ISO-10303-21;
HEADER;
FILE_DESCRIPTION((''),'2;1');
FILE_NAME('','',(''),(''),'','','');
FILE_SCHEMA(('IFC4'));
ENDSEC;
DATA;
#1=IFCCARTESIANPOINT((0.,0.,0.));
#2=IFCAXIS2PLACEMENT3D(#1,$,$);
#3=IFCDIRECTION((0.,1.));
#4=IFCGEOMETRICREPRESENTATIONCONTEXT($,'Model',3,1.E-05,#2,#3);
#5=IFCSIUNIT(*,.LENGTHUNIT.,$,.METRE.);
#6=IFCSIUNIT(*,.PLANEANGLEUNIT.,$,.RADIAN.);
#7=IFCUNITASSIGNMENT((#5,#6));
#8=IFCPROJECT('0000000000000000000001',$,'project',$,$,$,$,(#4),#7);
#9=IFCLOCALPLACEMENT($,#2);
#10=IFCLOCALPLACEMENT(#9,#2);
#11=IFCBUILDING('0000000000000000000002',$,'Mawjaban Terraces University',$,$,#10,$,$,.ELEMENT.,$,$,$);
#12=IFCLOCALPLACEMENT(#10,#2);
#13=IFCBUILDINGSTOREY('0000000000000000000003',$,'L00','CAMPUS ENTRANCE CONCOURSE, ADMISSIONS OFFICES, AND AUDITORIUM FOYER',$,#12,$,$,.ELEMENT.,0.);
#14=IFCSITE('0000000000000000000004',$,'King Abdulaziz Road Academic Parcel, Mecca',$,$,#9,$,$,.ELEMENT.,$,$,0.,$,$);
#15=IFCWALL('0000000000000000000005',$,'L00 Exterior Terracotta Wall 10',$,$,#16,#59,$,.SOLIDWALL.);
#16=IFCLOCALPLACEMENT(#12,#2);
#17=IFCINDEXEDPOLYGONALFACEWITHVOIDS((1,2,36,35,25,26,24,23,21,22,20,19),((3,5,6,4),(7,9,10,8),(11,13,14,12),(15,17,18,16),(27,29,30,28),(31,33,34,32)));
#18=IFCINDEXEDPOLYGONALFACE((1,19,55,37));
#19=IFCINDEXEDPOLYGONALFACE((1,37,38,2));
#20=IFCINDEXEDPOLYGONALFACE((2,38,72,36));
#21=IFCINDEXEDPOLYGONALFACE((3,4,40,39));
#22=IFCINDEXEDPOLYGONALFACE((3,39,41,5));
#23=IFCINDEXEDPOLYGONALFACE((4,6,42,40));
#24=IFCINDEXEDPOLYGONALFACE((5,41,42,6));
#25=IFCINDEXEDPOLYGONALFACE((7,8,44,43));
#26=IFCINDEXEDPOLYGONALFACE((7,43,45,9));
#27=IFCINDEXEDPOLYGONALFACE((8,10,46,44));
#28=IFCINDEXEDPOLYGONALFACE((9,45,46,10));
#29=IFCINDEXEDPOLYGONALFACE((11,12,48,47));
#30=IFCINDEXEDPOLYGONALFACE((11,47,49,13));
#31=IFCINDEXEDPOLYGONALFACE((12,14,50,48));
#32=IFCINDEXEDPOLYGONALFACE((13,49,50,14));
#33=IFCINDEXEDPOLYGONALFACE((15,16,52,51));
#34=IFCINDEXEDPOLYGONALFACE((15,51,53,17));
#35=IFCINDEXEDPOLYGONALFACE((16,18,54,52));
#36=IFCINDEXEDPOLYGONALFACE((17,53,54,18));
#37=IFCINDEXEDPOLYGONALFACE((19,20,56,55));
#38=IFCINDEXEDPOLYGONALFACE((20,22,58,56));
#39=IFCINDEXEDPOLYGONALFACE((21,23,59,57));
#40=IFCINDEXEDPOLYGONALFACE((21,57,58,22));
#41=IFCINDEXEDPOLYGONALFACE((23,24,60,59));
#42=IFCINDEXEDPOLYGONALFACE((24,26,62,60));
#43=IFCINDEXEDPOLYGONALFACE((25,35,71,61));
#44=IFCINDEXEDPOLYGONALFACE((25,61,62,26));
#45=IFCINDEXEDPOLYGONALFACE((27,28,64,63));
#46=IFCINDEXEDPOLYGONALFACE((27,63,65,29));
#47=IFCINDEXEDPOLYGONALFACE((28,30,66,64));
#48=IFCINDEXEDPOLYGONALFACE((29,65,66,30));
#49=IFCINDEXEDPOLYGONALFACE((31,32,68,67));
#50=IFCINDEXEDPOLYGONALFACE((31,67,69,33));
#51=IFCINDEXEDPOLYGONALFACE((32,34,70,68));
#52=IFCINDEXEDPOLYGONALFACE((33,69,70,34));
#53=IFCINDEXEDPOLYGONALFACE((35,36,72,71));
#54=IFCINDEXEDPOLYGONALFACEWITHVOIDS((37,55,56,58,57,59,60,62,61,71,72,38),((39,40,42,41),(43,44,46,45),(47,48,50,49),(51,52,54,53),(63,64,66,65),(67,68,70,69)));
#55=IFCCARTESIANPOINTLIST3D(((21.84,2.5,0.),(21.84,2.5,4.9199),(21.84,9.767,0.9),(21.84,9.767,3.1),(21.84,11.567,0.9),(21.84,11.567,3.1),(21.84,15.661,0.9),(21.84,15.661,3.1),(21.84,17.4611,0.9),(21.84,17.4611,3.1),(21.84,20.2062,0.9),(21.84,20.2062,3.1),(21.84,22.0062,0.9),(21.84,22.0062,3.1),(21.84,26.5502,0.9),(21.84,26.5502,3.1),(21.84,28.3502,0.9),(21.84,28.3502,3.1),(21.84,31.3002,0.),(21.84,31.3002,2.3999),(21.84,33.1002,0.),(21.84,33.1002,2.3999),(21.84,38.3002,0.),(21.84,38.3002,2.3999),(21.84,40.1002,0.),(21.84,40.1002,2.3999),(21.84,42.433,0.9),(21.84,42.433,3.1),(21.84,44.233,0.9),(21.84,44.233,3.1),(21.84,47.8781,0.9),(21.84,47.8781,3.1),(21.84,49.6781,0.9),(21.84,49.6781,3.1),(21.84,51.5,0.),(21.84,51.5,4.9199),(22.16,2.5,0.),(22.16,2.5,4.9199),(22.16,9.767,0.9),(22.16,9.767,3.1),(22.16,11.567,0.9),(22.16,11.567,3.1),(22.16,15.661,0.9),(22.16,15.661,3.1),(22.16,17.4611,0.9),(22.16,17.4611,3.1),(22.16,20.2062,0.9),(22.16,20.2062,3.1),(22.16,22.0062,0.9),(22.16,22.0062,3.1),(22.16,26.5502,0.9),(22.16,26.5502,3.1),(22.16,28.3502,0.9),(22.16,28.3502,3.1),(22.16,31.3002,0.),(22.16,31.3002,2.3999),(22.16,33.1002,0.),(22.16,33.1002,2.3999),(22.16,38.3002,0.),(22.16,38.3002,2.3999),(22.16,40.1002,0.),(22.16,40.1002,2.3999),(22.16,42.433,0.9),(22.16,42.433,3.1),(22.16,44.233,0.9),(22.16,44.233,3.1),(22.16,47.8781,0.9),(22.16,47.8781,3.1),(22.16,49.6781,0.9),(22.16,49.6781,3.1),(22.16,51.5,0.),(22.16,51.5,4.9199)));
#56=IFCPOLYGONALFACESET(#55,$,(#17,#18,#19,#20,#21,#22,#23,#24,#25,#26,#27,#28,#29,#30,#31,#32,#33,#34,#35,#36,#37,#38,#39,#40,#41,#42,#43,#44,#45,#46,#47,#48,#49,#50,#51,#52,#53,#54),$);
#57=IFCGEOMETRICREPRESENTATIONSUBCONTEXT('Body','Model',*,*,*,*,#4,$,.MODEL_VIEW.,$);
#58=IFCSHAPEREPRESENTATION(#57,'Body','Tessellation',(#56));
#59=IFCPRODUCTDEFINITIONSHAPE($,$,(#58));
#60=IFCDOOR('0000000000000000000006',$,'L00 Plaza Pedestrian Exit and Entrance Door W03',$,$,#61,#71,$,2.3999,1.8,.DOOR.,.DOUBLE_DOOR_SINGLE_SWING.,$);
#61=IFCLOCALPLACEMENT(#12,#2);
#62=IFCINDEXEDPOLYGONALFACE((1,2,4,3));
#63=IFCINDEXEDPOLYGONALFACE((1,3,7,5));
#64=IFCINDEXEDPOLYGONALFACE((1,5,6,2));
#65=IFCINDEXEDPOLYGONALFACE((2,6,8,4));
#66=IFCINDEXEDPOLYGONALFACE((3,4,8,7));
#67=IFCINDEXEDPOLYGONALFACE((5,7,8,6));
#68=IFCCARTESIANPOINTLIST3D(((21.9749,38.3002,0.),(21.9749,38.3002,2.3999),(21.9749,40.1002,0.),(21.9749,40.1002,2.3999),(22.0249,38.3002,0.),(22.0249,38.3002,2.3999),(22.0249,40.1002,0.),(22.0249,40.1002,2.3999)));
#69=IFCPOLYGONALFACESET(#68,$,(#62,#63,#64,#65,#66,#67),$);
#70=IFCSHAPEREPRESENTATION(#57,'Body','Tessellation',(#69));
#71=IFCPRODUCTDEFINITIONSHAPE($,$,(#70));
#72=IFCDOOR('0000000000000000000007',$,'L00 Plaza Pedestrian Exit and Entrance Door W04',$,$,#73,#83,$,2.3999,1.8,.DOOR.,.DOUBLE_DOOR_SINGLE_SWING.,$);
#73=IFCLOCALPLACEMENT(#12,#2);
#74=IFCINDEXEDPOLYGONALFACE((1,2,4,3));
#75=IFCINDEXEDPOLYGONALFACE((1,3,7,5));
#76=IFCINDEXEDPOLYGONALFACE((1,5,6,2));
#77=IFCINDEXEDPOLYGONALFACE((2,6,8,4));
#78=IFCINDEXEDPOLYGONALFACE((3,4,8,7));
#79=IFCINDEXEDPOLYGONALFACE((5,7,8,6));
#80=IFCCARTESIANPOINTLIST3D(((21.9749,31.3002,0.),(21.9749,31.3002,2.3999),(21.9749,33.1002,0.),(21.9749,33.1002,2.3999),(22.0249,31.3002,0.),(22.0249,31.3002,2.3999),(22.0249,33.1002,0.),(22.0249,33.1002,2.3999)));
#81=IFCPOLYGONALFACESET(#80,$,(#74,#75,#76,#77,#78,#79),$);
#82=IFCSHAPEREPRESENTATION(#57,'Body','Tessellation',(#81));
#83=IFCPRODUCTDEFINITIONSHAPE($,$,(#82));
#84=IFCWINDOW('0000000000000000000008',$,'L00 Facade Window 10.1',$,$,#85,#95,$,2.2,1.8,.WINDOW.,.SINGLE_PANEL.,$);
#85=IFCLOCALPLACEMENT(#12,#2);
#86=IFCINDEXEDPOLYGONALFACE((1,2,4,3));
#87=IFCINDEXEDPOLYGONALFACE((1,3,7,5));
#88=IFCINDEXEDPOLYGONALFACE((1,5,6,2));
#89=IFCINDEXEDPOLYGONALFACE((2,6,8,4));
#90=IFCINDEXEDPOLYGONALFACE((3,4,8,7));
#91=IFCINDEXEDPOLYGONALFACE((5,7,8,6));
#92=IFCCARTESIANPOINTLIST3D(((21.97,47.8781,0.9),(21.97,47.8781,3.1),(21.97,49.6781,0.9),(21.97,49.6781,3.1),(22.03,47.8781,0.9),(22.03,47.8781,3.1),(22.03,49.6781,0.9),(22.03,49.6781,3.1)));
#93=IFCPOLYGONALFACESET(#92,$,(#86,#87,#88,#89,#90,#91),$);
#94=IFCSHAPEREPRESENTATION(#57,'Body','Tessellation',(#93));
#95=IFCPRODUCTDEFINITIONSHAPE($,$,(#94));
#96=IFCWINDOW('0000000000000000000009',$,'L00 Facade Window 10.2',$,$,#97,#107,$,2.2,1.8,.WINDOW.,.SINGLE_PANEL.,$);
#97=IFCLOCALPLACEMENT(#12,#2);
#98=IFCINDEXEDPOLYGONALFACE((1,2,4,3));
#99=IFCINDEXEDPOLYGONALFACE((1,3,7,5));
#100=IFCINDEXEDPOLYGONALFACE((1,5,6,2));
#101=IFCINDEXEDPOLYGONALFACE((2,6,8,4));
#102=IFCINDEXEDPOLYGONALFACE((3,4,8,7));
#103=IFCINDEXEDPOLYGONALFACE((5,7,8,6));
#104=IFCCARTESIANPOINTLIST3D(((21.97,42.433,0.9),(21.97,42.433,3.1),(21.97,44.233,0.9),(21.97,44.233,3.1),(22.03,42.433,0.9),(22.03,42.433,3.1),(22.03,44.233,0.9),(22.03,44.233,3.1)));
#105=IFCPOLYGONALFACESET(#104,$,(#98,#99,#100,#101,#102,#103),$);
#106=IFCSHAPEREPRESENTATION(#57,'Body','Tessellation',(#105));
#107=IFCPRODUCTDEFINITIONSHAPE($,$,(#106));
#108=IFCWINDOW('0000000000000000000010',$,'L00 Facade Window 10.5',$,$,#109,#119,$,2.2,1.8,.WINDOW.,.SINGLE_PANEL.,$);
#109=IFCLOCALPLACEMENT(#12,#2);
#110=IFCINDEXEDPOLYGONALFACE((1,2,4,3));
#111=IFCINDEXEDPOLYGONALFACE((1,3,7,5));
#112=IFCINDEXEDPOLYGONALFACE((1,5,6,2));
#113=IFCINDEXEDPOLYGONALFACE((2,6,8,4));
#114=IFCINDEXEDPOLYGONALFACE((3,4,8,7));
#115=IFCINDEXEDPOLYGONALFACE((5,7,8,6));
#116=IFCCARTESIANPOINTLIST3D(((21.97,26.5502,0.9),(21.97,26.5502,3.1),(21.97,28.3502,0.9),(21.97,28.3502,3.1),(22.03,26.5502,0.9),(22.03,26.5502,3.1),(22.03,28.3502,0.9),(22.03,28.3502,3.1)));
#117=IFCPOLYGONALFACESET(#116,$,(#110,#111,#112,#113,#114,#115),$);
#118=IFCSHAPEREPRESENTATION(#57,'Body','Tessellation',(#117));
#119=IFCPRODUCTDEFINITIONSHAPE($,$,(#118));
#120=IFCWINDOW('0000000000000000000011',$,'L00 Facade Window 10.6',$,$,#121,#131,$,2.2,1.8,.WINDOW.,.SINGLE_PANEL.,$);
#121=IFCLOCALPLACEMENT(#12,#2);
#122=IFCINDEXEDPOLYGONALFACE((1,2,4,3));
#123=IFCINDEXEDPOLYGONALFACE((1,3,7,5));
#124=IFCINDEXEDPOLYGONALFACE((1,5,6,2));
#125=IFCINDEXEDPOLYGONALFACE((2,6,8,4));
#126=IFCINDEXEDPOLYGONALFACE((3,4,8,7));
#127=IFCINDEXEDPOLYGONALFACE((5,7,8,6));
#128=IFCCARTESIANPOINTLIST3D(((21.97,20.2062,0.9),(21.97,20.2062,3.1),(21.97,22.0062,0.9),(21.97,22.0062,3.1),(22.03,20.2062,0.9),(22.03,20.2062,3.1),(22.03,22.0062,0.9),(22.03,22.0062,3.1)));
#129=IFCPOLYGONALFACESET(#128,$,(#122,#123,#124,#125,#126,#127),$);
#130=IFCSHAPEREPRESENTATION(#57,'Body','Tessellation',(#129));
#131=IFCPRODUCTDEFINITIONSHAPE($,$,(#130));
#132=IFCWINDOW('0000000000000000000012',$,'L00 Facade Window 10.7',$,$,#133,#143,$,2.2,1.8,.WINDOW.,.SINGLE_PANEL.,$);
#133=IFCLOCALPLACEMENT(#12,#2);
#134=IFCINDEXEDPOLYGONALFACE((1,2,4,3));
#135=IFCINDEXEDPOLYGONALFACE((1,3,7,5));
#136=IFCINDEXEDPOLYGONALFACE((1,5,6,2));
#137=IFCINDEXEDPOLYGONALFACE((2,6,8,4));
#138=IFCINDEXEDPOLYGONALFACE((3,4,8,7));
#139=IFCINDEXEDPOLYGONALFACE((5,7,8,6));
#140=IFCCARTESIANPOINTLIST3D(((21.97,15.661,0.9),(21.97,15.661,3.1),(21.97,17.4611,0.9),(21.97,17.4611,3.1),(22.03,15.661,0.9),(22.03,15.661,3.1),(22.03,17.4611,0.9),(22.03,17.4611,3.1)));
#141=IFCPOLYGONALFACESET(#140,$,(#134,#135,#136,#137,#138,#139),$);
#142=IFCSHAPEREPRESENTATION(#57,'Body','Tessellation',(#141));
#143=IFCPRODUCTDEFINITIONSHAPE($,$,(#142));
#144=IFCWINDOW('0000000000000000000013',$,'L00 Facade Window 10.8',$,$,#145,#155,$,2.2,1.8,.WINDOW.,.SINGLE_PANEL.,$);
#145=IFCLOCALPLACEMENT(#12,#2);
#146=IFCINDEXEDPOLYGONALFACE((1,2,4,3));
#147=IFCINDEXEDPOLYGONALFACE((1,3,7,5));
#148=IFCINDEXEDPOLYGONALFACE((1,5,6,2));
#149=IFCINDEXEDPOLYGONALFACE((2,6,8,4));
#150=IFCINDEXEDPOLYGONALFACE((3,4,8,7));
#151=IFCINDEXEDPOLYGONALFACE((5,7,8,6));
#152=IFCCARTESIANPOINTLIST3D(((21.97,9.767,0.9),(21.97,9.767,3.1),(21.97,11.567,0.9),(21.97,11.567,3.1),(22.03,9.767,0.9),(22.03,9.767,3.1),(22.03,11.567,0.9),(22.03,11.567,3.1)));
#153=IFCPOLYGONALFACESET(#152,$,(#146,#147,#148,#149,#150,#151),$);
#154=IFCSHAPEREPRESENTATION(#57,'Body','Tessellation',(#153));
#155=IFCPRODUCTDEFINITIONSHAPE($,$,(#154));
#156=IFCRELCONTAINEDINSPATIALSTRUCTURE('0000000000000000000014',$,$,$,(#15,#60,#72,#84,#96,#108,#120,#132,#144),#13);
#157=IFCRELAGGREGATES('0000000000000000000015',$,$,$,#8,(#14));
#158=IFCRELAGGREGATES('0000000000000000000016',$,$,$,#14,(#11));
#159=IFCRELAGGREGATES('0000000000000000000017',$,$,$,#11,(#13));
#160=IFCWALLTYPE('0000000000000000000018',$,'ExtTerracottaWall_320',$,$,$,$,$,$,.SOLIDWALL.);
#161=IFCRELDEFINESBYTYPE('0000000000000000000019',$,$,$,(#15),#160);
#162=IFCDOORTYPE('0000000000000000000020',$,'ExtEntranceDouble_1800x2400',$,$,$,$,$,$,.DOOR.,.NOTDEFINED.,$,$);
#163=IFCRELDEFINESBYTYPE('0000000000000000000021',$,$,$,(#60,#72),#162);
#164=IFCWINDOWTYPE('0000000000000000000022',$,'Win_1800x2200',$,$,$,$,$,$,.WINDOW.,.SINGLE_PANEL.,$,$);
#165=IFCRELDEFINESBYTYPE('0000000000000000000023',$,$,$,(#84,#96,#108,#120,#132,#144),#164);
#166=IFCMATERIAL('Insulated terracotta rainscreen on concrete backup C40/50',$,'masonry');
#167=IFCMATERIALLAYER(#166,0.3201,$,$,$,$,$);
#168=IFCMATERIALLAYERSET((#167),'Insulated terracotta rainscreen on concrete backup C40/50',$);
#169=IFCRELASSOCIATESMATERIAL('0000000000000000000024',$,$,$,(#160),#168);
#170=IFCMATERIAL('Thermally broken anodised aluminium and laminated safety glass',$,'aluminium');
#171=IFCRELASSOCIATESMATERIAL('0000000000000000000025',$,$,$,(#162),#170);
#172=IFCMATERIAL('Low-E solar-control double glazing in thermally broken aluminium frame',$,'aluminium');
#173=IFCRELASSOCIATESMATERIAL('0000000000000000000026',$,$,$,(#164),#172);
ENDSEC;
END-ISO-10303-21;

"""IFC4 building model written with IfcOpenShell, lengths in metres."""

from ifc_helpers import new_model, si_unit, direction, frame, frame_2d, origin, place, context, subcontext, project, spatial, rectangle, extrude, material, layer, layer_set, type_object, element, fill, save


model = new_model("IFC4")

# Units and contexts
model_context = context("Model", 3, precision=1e-05, world=origin(), true_north=direction((0.0, 1.0)))
body_context = subcontext(model_context, "Body", "Model", "MODEL_VIEW")
ifc_project = project(units=[si_unit("LENGTHUNIT", "METRE"), si_unit("PLANEANGLEUNIT", "RADIAN")], contexts=[model_context])

# Site, building, storey
site_placement = place(None, origin())
site = spatial("IfcSite", under=ifc_project, at=site_placement, Name="King Abdulaziz Road Academic Parcel, Mecca", CompositionType="ELEMENT", RefElevation=0.0)
building_placement = place(site_placement, origin())
building = spatial("IfcBuilding", under=site, at=building_placement, Name="Mawjaban Terraces University", CompositionType="ELEMENT")
storey_placement = place(building_placement, origin())
storey = spatial("IfcBuildingStorey", under=building, at=storey_placement, Name="L00", Description="CAMPUS ENTRANCE CONCOURSE, ADMISSIONS OFFICES, AND AUDITORIUM FOYER", CompositionType="ELEMENT", Elevation=0.0)

# Shared definitions
ifc_material_1 = material(Name="Insulated terracotta rainscreen on concrete backup C40/50", Category="masonry")
ifc_layer_1 = layer(ifc_material_1, 0.3201)
ifc_layer_set_1 = layer_set([ifc_layer_1], Name="Insulated terracotta rainscreen on concrete backup C40/50")
wall_type_1 = type_object("IfcWallType", Name="ExtTerracottaWall_320", PredefinedType="SOLIDWALL", material=ifc_layer_set_1)

# Wall, openings, doors, windows
wall_1_placement = place(storey_placement, frame((22.0, 51.5, 0.0), z_axis=(0.0, 0.0, 1.0), x_axis=(0.0, -1.0, 0.0)))
wall_1 = element("IfcWall", 1, at=wall_1_placement, inside=storey, type_object=wall_type_1, Name="L00 Exterior Terracotta Wall 10", PredefinedType="SOLIDWALL", context=body_context, shape_type="SweptSolid", body=[
    extrude(rectangle(XDim=49.0, YDim=0.3201, at=frame_2d((24.5, 0.0))), origin(), (0.0, 0.0, 1.0), 4.9199),
])
opening_1_placement = place(wall_1_placement, frame((11.3999, 0.0, 0.0)))
opening_1 = element("IfcOpeningElement", 2, at=opening_1_placement, cuts=wall_1, PredefinedType="OPENING", context=body_context, shape_type="SweptSolid", body=[
    extrude(rectangle(XDim=1.8, YDim=2.3999, at=frame_2d((0.8999, 1.2))), frame((0.0, 0.1699, 0.0), z_axis=(0.0, -1.0, 0.0), x_axis=(1.0, 0.0, 0.0)), (0.0, 0.0, 1.0), 0.3401),
])
opening_2_placement = place(wall_1_placement, frame((18.3999, 0.0, 0.0)))
opening_2 = element("IfcOpeningElement", 3, at=opening_2_placement, cuts=wall_1, PredefinedType="OPENING", context=body_context, shape_type="SweptSolid", body=[
    extrude(rectangle(XDim=1.8, YDim=2.3999, at=frame_2d((0.8999, 1.2))), frame((0.0, 0.1699, 0.0), z_axis=(0.0, -1.0, 0.0), x_axis=(1.0, 0.0, 0.0)), (0.0, 0.0, 1.0), 0.3401),
])
opening_3_placement = place(wall_1_placement, frame((1.822, 0.0, 0.8999)))
opening_3 = element("IfcOpeningElement", 4, at=opening_3_placement, cuts=wall_1, PredefinedType="OPENING", context=body_context, shape_type="SweptSolid", body=[
    extrude(rectangle(XDim=1.8, YDim=2.2, at=frame_2d((0.8999, 1.1001))), frame((0.0, 0.1699, 0.0), z_axis=(0.0, -1.0, 0.0), x_axis=(1.0, 0.0, 0.0)), (0.0, 0.0, 1.0), 0.3401),
])
opening_4_placement = place(wall_1_placement, frame((7.2671, 0.0, 0.8999)))
opening_4 = element("IfcOpeningElement", 5, at=opening_4_placement, cuts=wall_1, PredefinedType="OPENING", context=body_context, shape_type="SweptSolid", body=[
    extrude(rectangle(XDim=1.8, YDim=2.2, at=frame_2d((0.8999, 1.1001))), frame((0.0, 0.1699, 0.0), z_axis=(0.0, -1.0, 0.0), x_axis=(1.0, 0.0, 0.0)), (0.0, 0.0, 1.0), 0.3401),
])
opening_5_placement = place(wall_1_placement, frame((23.1499, 0.0, 0.8999)))
opening_5 = element("IfcOpeningElement", 6, at=opening_5_placement, cuts=wall_1, PredefinedType="OPENING", context=body_context, shape_type="SweptSolid", body=[
    extrude(rectangle(XDim=1.8, YDim=2.2, at=frame_2d((0.8999, 1.1001))), frame((0.0, 0.1699, 0.0), z_axis=(0.0, -1.0, 0.0), x_axis=(1.0, 0.0, 0.0)), (0.0, 0.0, 1.0), 0.3401),
])
opening_6_placement = place(wall_1_placement, frame((29.4939, 0.0, 0.8999)))
opening_6 = element("IfcOpeningElement", 7, at=opening_6_placement, cuts=wall_1, PredefinedType="OPENING", context=body_context, shape_type="SweptSolid", body=[
    extrude(rectangle(XDim=1.8, YDim=2.2, at=frame_2d((0.8999, 1.1001))), frame((0.0, 0.1699, 0.0), z_axis=(0.0, -1.0, 0.0), x_axis=(1.0, 0.0, 0.0)), (0.0, 0.0, 1.0), 0.3401),
])
opening_7_placement = place(wall_1_placement, frame((34.0391, 0.0, 0.8999)))
opening_7 = element("IfcOpeningElement", 8, at=opening_7_placement, cuts=wall_1, PredefinedType="OPENING", context=body_context, shape_type="SweptSolid", body=[
    extrude(rectangle(XDim=1.8, YDim=2.2, at=frame_2d((0.8999, 1.1001))), frame((0.0, 0.1699, 0.0), z_axis=(0.0, -1.0, 0.0), x_axis=(1.0, 0.0, 0.0)), (0.0, 0.0, 1.0), 0.3401),
])
opening_8_placement = place(wall_1_placement, frame((39.9331, 0.0, 0.8999)))
opening_8 = element("IfcOpeningElement", 9, at=opening_8_placement, cuts=wall_1, PredefinedType="OPENING", context=body_context, shape_type="SweptSolid", body=[
    extrude(rectangle(XDim=1.8, YDim=2.2, at=frame_2d((0.8999, 1.1001))), frame((0.0, 0.1699, 0.0), z_axis=(0.0, -1.0, 0.0), x_axis=(1.0, 0.0, 0.0)), (0.0, 0.0, 1.0), 0.3401),
])
ifc_material_2 = material(Name="Thermally broken anodised aluminium and laminated safety glass", Category="aluminium")
door_type = type_object("IfcDoorType", Name="ExtEntranceDouble_1800x2400", OperationType="NOTDEFINED", PredefinedType="DOOR", material=ifc_material_2)
door_1_placement = place(opening_1_placement, origin())
door_1 = element("IfcDoor", 10, at=door_1_placement, inside=storey, type_object=door_type, Name="L00 Plaza Pedestrian Exit and Entrance Door W03", OperationType="DOUBLE_DOOR_SINGLE_SWING", OverallHeight=2.3999, OverallWidth=1.8, PredefinedType="DOOR", context=body_context, shape_type="SweptSolid", body=[
    extrude(rectangle(XDim=1.8, YDim=2.3999, at=frame_2d((0.8999, 1.2))), frame((0.0, 0.0249, 0.0), z_axis=(0.0, -1.0, 0.0), x_axis=(1.0, 0.0, 0.0)), (0.0, 0.0, 1.0), 0.05),
])
fill(opening_1, door_1)
door_2_placement = place(opening_2_placement, origin())
door_2 = element("IfcDoor", 11, at=door_2_placement, inside=storey, type_object=door_type, Name="L00 Plaza Pedestrian Exit and Entrance Door W04", OperationType="DOUBLE_DOOR_SINGLE_SWING", OverallHeight=2.3999, OverallWidth=1.8, PredefinedType="DOOR", context=body_context, shape_type="SweptSolid", body=[
    extrude(rectangle(XDim=1.8, YDim=2.3999, at=frame_2d((0.8999, 1.2))), frame((0.0, 0.0249, 0.0), z_axis=(0.0, -1.0, 0.0), x_axis=(1.0, 0.0, 0.0)), (0.0, 0.0, 1.0), 0.05),
])
fill(opening_2, door_2)
ifc_material_3 = material(Name="Low-E solar-control double glazing in thermally broken aluminium frame", Category="aluminium")
window_type = type_object("IfcWindowType", Name="Win_1800x2200", PartitioningType="SINGLE_PANEL", PredefinedType="WINDOW", material=ifc_material_3)
window_1_placement = place(opening_3_placement, origin())
window_1 = element("IfcWindow", 12, at=window_1_placement, inside=storey, type_object=window_type, Name="L00 Facade Window 10.1", OverallHeight=2.2, OverallWidth=1.8, PartitioningType="SINGLE_PANEL", PredefinedType="WINDOW", context=body_context, shape_type="SweptSolid", body=[
    extrude(rectangle(XDim=1.8, YDim=2.2, at=frame_2d((0.8999, 1.1001))), frame((0.0, 0.03, 0.0), z_axis=(0.0, -1.0, 0.0), x_axis=(1.0, 0.0, 0.0)), (0.0, 0.0, 1.0), 0.0601),
])
fill(opening_3, window_1)
window_2_placement = place(opening_4_placement, origin())
window_2 = element("IfcWindow", 13, at=window_2_placement, inside=storey, type_object=window_type, Name="L00 Facade Window 10.2", OverallHeight=2.2, OverallWidth=1.8, PartitioningType="SINGLE_PANEL", PredefinedType="WINDOW", context=body_context, shape_type="SweptSolid", body=[
    extrude(rectangle(XDim=1.8, YDim=2.2, at=frame_2d((0.8999, 1.1001))), frame((0.0, 0.03, 0.0), z_axis=(0.0, -1.0, 0.0), x_axis=(1.0, 0.0, 0.0)), (0.0, 0.0, 1.0), 0.0601),
])
fill(opening_4, window_2)
window_3_placement = place(opening_5_placement, origin())
window_3 = element("IfcWindow", 14, at=window_3_placement, inside=storey, type_object=window_type, Name="L00 Facade Window 10.5", OverallHeight=2.2, OverallWidth=1.8, PartitioningType="SINGLE_PANEL", PredefinedType="WINDOW", context=body_context, shape_type="SweptSolid", body=[
    extrude(rectangle(XDim=1.8, YDim=2.2, at=frame_2d((0.8999, 1.1001))), frame((0.0, 0.03, 0.0), z_axis=(0.0, -1.0, 0.0), x_axis=(1.0, 0.0, 0.0)), (0.0, 0.0, 1.0), 0.0601),
])
fill(opening_5, window_3)
window_4_placement = place(opening_6_placement, origin())
window_4 = element("IfcWindow", 15, at=window_4_placement, inside=storey, type_object=window_type, Name="L00 Facade Window 10.6", OverallHeight=2.2, OverallWidth=1.8, PartitioningType="SINGLE_PANEL", PredefinedType="WINDOW", context=body_context, shape_type="SweptSolid", body=[
    extrude(rectangle(XDim=1.8, YDim=2.2, at=frame_2d((0.8999, 1.1001))), frame((0.0, 0.03, 0.0), z_axis=(0.0, -1.0, 0.0), x_axis=(1.0, 0.0, 0.0)), (0.0, 0.0, 1.0), 0.0601),
])
fill(opening_6, window_4)
window_5_placement = place(opening_7_placement, origin())
window_5 = element("IfcWindow", 16, at=window_5_placement, inside=storey, type_object=window_type, Name="L00 Facade Window 10.7", OverallHeight=2.2, OverallWidth=1.8, PartitioningType="SINGLE_PANEL", PredefinedType="WINDOW", context=body_context, shape_type="SweptSolid", body=[
    extrude(rectangle(XDim=1.8, YDim=2.2, at=frame_2d((0.8999, 1.1001))), frame((0.0, 0.03, 0.0), z_axis=(0.0, -1.0, 0.0), x_axis=(1.0, 0.0, 0.0)), (0.0, 0.0, 1.0), 0.0601),
])
fill(opening_7, window_5)
window_6_placement = place(opening_8_placement, origin())
window_6 = element("IfcWindow", 17, at=window_6_placement, inside=storey, type_object=window_type, Name="L00 Facade Window 10.8", OverallHeight=2.2, OverallWidth=1.8, PartitioningType="SINGLE_PANEL", PredefinedType="WINDOW", context=body_context, shape_type="SweptSolid", body=[
    extrude(rectangle(XDim=1.8, YDim=2.2, at=frame_2d((0.8999, 1.1001))), frame((0.0, 0.03, 0.0), z_axis=(0.0, -1.0, 0.0), x_axis=(1.0, 0.0, 0.0)), (0.0, 0.0, 1.0), 0.0601),
])
fill(opening_8, window_6)

save(model, "model.ifc")
